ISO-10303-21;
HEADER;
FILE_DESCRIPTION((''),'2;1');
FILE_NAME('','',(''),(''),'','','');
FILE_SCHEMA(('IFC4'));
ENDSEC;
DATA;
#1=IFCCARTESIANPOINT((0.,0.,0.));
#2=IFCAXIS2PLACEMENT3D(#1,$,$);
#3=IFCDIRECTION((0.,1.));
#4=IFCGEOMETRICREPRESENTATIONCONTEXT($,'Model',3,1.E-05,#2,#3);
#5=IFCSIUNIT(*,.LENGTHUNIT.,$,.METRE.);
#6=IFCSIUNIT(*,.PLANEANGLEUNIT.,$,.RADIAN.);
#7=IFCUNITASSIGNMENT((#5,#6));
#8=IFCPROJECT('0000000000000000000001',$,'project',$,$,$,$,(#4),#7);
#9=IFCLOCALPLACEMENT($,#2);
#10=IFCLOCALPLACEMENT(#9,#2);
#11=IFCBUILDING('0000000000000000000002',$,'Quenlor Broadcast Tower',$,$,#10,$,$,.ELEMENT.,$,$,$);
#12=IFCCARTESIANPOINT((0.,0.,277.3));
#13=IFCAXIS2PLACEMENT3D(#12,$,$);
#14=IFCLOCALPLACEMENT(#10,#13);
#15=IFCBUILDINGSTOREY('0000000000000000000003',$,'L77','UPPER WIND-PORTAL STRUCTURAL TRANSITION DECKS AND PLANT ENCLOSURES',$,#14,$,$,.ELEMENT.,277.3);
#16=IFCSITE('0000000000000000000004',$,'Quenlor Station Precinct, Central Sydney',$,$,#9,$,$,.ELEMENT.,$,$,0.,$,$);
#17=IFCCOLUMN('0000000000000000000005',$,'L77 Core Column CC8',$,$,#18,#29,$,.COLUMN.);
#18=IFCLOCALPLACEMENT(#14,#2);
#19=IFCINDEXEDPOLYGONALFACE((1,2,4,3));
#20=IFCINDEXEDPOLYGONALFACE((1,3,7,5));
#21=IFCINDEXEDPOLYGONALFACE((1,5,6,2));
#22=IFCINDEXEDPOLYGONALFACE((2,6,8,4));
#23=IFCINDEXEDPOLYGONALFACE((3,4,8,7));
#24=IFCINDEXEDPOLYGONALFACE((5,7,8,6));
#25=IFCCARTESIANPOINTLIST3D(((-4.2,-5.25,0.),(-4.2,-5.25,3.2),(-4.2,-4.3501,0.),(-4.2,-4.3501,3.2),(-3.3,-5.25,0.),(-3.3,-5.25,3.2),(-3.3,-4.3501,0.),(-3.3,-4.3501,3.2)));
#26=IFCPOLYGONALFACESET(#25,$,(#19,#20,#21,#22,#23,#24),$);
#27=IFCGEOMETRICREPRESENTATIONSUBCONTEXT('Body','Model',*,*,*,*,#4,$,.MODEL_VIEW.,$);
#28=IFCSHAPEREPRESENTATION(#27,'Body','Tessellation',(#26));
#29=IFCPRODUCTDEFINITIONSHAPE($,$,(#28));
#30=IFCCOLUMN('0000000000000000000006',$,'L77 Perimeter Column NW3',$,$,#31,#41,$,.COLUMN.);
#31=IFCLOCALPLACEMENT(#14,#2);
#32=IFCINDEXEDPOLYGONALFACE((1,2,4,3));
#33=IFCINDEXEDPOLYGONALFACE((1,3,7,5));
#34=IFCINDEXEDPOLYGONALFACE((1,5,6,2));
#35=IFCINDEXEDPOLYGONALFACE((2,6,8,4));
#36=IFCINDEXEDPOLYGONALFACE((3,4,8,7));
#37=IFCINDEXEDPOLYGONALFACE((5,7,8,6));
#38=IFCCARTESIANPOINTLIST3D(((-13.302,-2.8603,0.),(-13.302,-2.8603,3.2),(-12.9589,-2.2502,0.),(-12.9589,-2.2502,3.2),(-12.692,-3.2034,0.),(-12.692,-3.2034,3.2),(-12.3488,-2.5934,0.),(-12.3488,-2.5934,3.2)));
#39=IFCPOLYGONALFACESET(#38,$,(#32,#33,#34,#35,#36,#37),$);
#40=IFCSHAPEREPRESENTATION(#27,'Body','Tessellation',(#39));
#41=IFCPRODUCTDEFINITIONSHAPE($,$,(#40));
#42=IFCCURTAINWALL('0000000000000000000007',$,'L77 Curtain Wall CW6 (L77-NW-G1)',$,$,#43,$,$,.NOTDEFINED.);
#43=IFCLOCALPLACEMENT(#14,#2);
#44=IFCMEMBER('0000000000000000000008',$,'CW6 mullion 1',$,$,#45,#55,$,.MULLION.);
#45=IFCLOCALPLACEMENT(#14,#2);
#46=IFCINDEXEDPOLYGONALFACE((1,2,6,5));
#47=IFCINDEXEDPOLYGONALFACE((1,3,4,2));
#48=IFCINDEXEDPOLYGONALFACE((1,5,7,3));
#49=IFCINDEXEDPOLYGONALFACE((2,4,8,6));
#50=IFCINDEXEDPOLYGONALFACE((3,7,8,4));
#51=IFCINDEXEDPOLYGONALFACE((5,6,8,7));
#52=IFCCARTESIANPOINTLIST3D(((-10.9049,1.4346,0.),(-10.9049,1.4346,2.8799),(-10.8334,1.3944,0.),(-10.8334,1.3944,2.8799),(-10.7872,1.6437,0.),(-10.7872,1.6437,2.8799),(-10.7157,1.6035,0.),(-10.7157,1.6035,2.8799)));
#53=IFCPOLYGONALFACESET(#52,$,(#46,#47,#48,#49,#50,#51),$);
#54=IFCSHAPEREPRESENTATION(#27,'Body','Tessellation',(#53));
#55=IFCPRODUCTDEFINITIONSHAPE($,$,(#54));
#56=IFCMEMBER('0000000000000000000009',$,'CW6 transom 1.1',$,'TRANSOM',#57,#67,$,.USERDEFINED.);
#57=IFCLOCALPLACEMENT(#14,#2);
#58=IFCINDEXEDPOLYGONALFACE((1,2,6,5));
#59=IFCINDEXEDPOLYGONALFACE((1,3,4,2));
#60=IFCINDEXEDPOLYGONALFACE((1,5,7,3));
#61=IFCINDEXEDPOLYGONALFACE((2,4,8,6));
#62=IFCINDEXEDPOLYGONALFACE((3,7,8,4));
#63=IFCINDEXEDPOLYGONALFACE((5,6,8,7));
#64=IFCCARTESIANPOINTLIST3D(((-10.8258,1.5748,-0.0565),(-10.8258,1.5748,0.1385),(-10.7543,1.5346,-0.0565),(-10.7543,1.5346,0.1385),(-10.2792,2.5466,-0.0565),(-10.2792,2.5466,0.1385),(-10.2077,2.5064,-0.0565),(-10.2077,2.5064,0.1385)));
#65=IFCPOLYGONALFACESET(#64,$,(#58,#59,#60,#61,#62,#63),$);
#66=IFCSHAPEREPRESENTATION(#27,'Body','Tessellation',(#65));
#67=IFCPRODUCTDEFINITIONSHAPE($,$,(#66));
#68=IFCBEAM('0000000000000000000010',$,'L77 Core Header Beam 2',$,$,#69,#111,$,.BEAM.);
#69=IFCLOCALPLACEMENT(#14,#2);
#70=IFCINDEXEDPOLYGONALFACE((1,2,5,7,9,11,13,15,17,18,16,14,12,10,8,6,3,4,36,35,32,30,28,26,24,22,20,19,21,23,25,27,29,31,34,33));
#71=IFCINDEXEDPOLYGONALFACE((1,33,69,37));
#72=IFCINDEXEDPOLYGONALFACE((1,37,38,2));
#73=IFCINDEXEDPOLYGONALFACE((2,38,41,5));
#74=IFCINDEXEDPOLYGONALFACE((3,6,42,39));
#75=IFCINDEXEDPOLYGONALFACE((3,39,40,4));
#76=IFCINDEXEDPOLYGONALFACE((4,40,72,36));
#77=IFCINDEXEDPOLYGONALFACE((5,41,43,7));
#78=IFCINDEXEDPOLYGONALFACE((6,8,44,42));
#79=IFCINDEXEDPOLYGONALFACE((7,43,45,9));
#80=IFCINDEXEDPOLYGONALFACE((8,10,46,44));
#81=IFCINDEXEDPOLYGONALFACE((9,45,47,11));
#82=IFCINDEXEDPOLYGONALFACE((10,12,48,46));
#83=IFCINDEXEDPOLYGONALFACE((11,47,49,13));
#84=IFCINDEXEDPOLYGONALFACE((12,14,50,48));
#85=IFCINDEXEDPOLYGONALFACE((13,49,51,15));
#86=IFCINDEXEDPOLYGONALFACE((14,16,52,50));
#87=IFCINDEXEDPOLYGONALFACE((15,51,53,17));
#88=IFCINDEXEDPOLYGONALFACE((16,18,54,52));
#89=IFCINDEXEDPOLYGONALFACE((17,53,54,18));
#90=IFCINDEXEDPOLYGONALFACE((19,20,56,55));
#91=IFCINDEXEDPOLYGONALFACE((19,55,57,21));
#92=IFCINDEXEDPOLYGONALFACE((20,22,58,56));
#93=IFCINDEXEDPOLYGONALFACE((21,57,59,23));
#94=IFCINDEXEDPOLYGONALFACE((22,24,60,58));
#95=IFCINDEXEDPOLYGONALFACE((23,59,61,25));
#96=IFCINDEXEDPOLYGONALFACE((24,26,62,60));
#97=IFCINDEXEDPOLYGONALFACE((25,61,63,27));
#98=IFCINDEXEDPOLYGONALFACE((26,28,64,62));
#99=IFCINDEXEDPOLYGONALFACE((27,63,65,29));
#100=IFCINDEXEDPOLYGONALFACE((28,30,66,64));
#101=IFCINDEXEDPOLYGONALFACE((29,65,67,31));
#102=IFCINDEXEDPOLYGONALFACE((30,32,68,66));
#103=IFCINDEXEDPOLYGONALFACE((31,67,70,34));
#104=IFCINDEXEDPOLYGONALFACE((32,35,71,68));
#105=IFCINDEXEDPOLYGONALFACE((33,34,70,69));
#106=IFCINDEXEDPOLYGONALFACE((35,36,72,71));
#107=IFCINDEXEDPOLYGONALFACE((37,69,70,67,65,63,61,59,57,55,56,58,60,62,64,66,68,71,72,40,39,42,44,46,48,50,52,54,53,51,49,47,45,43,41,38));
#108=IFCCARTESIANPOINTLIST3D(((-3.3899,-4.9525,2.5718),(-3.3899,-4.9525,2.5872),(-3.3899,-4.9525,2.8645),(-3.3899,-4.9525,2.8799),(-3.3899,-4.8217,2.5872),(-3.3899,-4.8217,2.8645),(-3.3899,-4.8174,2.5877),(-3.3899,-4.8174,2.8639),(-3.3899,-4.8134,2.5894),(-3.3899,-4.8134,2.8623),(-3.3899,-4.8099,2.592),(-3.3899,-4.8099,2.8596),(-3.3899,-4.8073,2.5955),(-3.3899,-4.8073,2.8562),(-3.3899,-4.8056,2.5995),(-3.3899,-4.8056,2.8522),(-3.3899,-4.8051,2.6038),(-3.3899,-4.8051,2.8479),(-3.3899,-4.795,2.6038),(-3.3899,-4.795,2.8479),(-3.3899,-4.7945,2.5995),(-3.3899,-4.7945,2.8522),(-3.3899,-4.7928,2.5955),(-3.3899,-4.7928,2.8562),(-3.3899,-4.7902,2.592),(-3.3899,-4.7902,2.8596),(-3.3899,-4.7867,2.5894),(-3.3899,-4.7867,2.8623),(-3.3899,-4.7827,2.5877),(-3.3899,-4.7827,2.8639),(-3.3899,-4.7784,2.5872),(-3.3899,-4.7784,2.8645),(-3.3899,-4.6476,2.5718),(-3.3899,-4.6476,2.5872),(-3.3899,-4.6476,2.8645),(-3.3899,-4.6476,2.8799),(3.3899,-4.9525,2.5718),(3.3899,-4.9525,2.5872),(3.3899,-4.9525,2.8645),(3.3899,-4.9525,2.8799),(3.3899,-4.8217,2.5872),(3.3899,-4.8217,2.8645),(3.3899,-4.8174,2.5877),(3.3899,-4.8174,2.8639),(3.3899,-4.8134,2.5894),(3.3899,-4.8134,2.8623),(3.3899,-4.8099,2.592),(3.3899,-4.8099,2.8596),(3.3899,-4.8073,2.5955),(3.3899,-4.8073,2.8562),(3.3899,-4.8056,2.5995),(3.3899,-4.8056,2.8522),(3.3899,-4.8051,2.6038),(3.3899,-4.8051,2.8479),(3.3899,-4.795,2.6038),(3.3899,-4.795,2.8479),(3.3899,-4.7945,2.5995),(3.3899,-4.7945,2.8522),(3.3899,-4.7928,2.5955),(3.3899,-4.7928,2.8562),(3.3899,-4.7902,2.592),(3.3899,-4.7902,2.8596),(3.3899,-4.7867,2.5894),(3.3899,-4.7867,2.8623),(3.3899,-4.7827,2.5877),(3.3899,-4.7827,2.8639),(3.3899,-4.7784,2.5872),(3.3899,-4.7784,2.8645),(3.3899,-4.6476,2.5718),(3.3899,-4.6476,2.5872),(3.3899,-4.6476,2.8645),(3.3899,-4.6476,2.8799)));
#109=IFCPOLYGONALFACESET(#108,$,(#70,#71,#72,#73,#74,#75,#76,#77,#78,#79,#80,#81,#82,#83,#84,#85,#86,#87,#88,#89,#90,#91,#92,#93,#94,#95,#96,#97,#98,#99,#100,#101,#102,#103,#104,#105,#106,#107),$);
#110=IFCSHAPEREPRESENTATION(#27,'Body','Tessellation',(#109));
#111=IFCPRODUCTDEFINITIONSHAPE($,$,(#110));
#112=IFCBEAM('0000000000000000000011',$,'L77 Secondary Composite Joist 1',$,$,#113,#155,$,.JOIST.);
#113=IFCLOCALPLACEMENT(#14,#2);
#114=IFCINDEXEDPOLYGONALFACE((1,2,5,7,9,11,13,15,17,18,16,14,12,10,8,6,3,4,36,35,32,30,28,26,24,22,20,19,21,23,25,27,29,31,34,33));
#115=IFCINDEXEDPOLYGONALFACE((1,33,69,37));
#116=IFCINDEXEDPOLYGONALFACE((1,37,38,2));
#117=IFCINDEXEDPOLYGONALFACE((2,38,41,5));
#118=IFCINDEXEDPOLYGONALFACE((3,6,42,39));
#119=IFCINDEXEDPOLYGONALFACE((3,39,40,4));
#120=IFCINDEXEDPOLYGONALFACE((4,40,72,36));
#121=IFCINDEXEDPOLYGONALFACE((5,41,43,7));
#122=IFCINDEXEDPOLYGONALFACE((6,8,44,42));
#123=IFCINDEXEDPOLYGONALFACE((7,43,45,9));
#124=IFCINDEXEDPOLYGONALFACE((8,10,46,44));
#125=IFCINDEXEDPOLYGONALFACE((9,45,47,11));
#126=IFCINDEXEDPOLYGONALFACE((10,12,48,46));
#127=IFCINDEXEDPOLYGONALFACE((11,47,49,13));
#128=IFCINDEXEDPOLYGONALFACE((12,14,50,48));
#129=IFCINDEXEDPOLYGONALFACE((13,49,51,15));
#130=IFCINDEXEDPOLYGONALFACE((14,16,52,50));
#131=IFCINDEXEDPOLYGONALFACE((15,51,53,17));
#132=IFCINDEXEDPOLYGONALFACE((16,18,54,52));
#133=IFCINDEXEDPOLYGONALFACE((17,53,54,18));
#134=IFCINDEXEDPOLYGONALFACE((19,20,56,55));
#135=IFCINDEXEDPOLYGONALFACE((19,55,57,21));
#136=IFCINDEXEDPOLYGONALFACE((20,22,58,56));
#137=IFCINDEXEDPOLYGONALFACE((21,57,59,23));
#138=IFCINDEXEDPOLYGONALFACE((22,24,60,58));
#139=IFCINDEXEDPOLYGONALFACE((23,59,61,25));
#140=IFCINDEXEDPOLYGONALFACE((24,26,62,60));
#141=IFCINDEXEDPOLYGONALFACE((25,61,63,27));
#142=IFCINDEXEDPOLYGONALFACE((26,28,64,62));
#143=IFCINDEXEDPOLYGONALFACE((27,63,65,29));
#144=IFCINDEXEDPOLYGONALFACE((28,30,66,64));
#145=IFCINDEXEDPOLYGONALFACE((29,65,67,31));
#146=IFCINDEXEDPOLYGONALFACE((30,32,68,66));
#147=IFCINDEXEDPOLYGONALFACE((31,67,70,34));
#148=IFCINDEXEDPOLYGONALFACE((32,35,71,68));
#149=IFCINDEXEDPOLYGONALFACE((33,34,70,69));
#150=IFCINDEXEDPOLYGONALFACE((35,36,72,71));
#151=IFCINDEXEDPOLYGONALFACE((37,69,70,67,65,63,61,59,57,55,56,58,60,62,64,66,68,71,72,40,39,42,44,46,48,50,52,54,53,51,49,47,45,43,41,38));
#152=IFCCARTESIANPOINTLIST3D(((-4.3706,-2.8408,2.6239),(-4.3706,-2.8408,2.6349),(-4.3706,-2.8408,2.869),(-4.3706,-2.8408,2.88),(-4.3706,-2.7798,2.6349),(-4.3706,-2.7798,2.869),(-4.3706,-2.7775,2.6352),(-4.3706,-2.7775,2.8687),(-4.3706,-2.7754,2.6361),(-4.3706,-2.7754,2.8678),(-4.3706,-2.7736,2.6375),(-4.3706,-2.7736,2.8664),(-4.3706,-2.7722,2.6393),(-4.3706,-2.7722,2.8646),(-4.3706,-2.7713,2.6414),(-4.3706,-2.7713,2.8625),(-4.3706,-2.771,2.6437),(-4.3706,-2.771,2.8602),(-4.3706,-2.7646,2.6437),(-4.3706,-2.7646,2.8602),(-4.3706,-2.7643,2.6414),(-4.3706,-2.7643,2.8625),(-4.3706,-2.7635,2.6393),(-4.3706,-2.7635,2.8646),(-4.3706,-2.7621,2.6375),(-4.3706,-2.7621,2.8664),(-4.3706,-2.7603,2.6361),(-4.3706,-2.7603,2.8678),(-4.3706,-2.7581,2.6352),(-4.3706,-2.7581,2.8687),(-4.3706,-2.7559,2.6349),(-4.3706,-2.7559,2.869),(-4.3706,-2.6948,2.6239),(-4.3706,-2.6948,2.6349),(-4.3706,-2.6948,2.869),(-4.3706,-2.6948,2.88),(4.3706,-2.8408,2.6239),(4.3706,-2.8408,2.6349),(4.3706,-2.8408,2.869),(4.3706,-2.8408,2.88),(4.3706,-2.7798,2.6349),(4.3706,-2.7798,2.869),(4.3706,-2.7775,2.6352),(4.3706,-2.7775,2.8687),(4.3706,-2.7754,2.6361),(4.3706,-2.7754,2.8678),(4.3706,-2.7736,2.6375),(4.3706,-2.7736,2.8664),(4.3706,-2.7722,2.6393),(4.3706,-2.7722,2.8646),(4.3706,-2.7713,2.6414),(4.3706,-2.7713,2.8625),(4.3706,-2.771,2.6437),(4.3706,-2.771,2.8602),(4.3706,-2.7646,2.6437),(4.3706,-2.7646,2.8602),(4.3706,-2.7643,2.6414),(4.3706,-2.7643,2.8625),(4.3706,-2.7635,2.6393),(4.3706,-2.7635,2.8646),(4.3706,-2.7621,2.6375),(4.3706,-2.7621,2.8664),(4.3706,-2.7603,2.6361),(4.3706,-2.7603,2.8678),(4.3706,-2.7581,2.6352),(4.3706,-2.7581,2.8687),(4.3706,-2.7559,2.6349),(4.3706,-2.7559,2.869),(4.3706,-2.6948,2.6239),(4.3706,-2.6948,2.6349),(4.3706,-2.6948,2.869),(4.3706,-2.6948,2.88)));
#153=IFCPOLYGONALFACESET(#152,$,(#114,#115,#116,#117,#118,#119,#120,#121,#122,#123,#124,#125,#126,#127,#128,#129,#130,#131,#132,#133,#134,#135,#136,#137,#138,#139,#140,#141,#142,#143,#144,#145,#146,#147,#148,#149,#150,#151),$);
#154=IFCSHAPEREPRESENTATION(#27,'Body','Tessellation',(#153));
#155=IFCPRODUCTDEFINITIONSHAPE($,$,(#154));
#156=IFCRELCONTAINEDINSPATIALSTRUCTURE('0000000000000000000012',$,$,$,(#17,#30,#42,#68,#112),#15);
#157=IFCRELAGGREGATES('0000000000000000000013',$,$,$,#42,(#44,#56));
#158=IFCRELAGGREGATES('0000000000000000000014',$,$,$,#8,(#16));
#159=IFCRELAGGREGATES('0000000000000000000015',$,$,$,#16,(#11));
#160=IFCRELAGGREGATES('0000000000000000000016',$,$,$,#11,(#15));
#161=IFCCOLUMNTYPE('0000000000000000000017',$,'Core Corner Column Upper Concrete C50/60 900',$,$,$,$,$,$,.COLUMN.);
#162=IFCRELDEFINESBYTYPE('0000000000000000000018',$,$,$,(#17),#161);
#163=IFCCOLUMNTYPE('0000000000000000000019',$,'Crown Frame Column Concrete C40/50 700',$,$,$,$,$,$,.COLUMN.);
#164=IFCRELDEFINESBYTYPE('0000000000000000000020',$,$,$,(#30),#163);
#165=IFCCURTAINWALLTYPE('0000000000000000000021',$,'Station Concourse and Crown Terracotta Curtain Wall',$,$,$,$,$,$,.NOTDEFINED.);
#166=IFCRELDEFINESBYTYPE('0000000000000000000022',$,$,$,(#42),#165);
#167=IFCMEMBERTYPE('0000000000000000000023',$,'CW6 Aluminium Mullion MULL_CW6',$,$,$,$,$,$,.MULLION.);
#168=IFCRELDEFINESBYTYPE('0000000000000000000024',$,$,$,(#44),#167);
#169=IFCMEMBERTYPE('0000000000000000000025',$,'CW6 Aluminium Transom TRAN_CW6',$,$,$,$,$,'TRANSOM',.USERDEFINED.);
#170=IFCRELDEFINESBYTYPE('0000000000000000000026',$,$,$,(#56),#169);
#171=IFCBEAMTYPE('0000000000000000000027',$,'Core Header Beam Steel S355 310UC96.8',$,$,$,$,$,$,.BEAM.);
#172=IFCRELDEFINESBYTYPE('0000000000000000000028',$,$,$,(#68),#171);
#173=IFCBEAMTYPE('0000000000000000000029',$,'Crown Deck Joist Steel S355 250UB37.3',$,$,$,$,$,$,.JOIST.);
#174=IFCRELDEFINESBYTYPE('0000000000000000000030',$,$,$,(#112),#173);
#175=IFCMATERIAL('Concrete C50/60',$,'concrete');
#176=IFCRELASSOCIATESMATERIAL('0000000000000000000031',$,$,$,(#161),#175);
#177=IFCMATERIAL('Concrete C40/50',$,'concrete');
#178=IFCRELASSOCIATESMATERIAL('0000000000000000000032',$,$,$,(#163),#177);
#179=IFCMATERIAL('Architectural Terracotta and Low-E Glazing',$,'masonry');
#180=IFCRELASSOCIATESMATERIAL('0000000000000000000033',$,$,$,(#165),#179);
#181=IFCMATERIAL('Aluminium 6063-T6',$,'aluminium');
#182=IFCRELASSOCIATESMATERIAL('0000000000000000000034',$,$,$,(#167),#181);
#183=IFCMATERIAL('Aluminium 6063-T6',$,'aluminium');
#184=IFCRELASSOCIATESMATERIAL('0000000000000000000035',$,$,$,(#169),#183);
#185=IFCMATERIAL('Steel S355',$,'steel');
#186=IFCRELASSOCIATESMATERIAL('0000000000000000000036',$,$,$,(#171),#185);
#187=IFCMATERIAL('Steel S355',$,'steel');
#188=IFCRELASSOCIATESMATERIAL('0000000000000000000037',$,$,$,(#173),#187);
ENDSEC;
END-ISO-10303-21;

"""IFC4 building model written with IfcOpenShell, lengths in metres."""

from ifc_helpers import new_model, si_unit, direction, frame, origin, origin_2d, place, context, subcontext, project, spatial, rectangle, i_section, extrude, material, material_profile, profile_set, type_object, element, aggregate, save


model = new_model("IFC4")

# Units and contexts
model_context = context("Model", 3, precision=1e-05, world=origin(), true_north=direction((0.0, 1.0)))
body_context = subcontext(model_context, "Body", "Model", "MODEL_VIEW")
ifc_project = project(units=[si_unit("LENGTHUNIT", "METRE"), si_unit("PLANEANGLEUNIT", "RADIAN")], contexts=[model_context])

# Site, building, storey
site_placement = place(None, origin())
site = spatial("IfcSite", under=ifc_project, at=site_placement, Name="Quenlor Station Precinct, Central Sydney", CompositionType="ELEMENT", RefElevation=0.0)
building_placement = place(site_placement, origin())
building = spatial("IfcBuilding", under=site, at=building_placement, Name="Quenlor Broadcast Tower", CompositionType="ELEMENT")
storey_placement = place(building_placement, frame((0.0, 0.0, 277.3)))
storey = spatial("IfcBuildingStorey", under=building, at=storey_placement, Name="L77", Description="UPPER WIND-PORTAL STRUCTURAL TRANSITION DECKS AND PLANT ENCLOSURES", CompositionType="ELEMENT", Elevation=277.3)

# Columns
ifc_material_1 = material(Name="Concrete C50/60", Category="concrete")
ifc_material_profile_1 = material_profile(ifc_material_1, rectangle(XDim=0.8999, YDim=0.8999, at=origin_2d()))
ifc_profile_set_1 = profile_set([ifc_material_profile_1], Name="Concrete C50/60 RC900x900")
column_type_1 = type_object("IfcColumnType", Name="Core Corner Column Upper Concrete C50/60 900", PredefinedType="COLUMN", material=ifc_profile_set_1)
column_1_placement = place(storey_placement, frame((-3.75, -4.8, 0.0), z_axis=(0.0, 0.0, 1.0), x_axis=(1.0, 0.0, 0.0)))
element("IfcColumn", 1, at=column_1_placement, inside=storey, type_object=column_type_1, Name="L77 Core Column CC8", PredefinedType="COLUMN", context=body_context, shape_type="SweptSolid", body=[
    extrude(rectangle(XDim=0.8999, YDim=0.8999, at=origin_2d()), origin(), (0.0, 0.0, 1.0), 3.2),
])
ifc_material_2 = material(Name="Concrete C40/50", Category="concrete")
ifc_material_profile_2 = material_profile(ifc_material_2, rectangle(XDim=0.7, YDim=0.7, at=origin_2d()))
ifc_profile_set_2 = profile_set([ifc_material_profile_2], Name="Concrete C40/50 RC700x700")
column_type_2 = type_object("IfcColumnType", Name="Crown Frame Column Concrete C40/50 700", PredefinedType="COLUMN", material=ifc_profile_set_2)
column_2_placement = place(storey_placement, frame((-12.8254, -2.7268, 0.0), z_axis=(0.0, 0.0, 1.0), x_axis=(-0.871575, 0.490262, 0.0)))
element("IfcColumn", 2, at=column_2_placement, inside=storey, type_object=column_type_2, Name="L77 Perimeter Column NW3", PredefinedType="COLUMN", context=body_context, shape_type="SweptSolid", body=[
    extrude(rectangle(XDim=0.7, YDim=0.7, at=origin_2d()), origin(), (0.0, 0.0, 1.0), 3.2),
])

# Curtain wall, members
ifc_material_3 = material(Name="Architectural Terracotta and Low-E Glazing", Category="masonry")
curtain_wall_type = type_object("IfcCurtainWallType", Name="Station Concourse and Crown Terracotta Curtain Wall", PredefinedType="NOTDEFINED", material=ifc_material_3)
curtain_wall_placement = place(storey_placement, origin())
curtain_wall = element("IfcCurtainWall", 3, at=curtain_wall_placement, inside=storey, type_object=curtain_wall_type, Name="L77 Curtain Wall CW6 (L77-NW-G1)", PredefinedType="NOTDEFINED")
ifc_material_4 = material(Name="Aluminium 6063-T6", Category="aluminium")
ifc_material_profile_3 = material_profile(ifc_material_4, rectangle(XDim=0.082, YDim=0.24, at=origin_2d()))
ifc_profile_set_3 = profile_set([ifc_material_profile_3], Name="Aluminium 6063-T6 MULL82x240")
member_type_1 = type_object("IfcMemberType", Name="CW6 Aluminium Mullion MULL_CW6", PredefinedType="MULLION", material=ifc_profile_set_3)
member_1_placement = place(storey_placement, frame((-10.8103, 1.519, 0.0), z_axis=(0.0, 0.0, 1.0), x_axis=(-0.871553, 0.490302, 0.0)))
member_1 = element("IfcMember", 4, at=member_1_placement, type_object=member_type_1, Name="CW6 mullion 1", PredefinedType="MULLION", context=body_context, shape_type="SweptSolid", body=[
    extrude(rectangle(XDim=0.082, YDim=0.24, at=origin_2d()), origin(), (0.0, 0.0, 1.0), 2.8799),
])
ifc_material_5 = material(Name="Aluminium 6063-T6", Category="aluminium")
ifc_material_profile_4 = material_profile(ifc_material_5, rectangle(XDim=0.082, YDim=0.1951, at=origin_2d()))
ifc_profile_set_4 = profile_set([ifc_material_profile_4], Name="Aluminium 6063-T6 TRAN82x195")
member_type_2 = type_object("IfcMemberType", Name="CW6 Aluminium Transom TRAN_CW6", ElementType="TRANSOM", PredefinedType="USERDEFINED", material=ifc_profile_set_4)
member_2_placement = place(storey_placement, frame((-10.79, 1.5547, 0.041), z_axis=(0.490209, 0.871605, 0.0), x_axis=(-0.871605, 0.490209, 0.0)))
member_2 = element("IfcMember", 5, at=member_2_placement, type_object=member_type_2, Name="CW6 transom 1.1", ObjectType="TRANSOM", PredefinedType="USERDEFINED", context=body_context, shape_type="SweptSolid", body=[
    extrude(rectangle(XDim=0.082, YDim=0.1951, at=origin_2d()), origin(), (0.0, 0.0, 1.0), 1.115),
])
aggregate(curtain_wall, [member_1, member_2])

# Beams
ifc_material_6 = material(Name="Steel S355", Category="steel")
ifc_material_profile_5 = material_profile(ifc_material_6, i_section(OverallWidth=0.3049, OverallDepth=0.3081, WebThickness=0.01, FlangeThickness=0.0154, FilletRadius=0.0166, at=origin_2d()))
ifc_profile_set_5 = profile_set([ifc_material_profile_5], Name="Steel S355 310UC96.8")
beam_type_1 = type_object("IfcBeamType", Name="Core Header Beam Steel S355 310UC96.8", PredefinedType="BEAM", material=ifc_profile_set_5)
beam_1_placement = place(storey_placement, frame((-3.3899, -4.8, 2.7258), z_axis=(1.0, 0.0, 0.0), x_axis=(0.0, 1.0, 0.0)))
element("IfcBeam", 6, at=beam_1_placement, inside=storey, type_object=beam_type_1, Name="L77 Core Header Beam 2", PredefinedType="BEAM", context=body_context, shape_type="SweptSolid", body=[
    extrude(i_section(OverallWidth=0.3049, OverallDepth=0.3081, WebThickness=0.01, FlangeThickness=0.0154, FilletRadius=0.0166, at=origin_2d()), origin(), (0.0, 0.0, 1.0), 6.7798),
])
ifc_material_7 = material(Name="Steel S355", Category="steel")
ifc_material_profile_6 = material_profile(ifc_material_7, i_section(OverallWidth=0.146, OverallDepth=0.2561, WebThickness=0.0063, FlangeThickness=0.011, FilletRadius=0.0088, at=origin_2d()))
ifc_profile_set_6 = profile_set([ifc_material_profile_6], Name="Steel S355 250UB37.3")
beam_type_2 = type_object("IfcBeamType", Name="Crown Deck Joist Steel S355 250UB37.3", PredefinedType="JOIST", material=ifc_profile_set_6)
beam_2_placement = place(storey_placement, frame((-4.3706, -2.7678, 2.752), z_axis=(1.0, 0.0, 0.0), x_axis=(0.0, 1.0, 0.0)))
element("IfcBeam", 7, at=beam_2_placement, inside=storey, type_object=beam_type_2, Name="L77 Secondary Composite Joist 1", PredefinedType="JOIST", context=body_context, shape_type="SweptSolid", body=[
    extrude(i_section(OverallWidth=0.146, OverallDepth=0.2561, WebThickness=0.0063, FlangeThickness=0.011, FilletRadius=0.0088, at=origin_2d()), origin(), (0.0, 0.0, 1.0), 8.7412),
])

save(model, "model.ifc")
